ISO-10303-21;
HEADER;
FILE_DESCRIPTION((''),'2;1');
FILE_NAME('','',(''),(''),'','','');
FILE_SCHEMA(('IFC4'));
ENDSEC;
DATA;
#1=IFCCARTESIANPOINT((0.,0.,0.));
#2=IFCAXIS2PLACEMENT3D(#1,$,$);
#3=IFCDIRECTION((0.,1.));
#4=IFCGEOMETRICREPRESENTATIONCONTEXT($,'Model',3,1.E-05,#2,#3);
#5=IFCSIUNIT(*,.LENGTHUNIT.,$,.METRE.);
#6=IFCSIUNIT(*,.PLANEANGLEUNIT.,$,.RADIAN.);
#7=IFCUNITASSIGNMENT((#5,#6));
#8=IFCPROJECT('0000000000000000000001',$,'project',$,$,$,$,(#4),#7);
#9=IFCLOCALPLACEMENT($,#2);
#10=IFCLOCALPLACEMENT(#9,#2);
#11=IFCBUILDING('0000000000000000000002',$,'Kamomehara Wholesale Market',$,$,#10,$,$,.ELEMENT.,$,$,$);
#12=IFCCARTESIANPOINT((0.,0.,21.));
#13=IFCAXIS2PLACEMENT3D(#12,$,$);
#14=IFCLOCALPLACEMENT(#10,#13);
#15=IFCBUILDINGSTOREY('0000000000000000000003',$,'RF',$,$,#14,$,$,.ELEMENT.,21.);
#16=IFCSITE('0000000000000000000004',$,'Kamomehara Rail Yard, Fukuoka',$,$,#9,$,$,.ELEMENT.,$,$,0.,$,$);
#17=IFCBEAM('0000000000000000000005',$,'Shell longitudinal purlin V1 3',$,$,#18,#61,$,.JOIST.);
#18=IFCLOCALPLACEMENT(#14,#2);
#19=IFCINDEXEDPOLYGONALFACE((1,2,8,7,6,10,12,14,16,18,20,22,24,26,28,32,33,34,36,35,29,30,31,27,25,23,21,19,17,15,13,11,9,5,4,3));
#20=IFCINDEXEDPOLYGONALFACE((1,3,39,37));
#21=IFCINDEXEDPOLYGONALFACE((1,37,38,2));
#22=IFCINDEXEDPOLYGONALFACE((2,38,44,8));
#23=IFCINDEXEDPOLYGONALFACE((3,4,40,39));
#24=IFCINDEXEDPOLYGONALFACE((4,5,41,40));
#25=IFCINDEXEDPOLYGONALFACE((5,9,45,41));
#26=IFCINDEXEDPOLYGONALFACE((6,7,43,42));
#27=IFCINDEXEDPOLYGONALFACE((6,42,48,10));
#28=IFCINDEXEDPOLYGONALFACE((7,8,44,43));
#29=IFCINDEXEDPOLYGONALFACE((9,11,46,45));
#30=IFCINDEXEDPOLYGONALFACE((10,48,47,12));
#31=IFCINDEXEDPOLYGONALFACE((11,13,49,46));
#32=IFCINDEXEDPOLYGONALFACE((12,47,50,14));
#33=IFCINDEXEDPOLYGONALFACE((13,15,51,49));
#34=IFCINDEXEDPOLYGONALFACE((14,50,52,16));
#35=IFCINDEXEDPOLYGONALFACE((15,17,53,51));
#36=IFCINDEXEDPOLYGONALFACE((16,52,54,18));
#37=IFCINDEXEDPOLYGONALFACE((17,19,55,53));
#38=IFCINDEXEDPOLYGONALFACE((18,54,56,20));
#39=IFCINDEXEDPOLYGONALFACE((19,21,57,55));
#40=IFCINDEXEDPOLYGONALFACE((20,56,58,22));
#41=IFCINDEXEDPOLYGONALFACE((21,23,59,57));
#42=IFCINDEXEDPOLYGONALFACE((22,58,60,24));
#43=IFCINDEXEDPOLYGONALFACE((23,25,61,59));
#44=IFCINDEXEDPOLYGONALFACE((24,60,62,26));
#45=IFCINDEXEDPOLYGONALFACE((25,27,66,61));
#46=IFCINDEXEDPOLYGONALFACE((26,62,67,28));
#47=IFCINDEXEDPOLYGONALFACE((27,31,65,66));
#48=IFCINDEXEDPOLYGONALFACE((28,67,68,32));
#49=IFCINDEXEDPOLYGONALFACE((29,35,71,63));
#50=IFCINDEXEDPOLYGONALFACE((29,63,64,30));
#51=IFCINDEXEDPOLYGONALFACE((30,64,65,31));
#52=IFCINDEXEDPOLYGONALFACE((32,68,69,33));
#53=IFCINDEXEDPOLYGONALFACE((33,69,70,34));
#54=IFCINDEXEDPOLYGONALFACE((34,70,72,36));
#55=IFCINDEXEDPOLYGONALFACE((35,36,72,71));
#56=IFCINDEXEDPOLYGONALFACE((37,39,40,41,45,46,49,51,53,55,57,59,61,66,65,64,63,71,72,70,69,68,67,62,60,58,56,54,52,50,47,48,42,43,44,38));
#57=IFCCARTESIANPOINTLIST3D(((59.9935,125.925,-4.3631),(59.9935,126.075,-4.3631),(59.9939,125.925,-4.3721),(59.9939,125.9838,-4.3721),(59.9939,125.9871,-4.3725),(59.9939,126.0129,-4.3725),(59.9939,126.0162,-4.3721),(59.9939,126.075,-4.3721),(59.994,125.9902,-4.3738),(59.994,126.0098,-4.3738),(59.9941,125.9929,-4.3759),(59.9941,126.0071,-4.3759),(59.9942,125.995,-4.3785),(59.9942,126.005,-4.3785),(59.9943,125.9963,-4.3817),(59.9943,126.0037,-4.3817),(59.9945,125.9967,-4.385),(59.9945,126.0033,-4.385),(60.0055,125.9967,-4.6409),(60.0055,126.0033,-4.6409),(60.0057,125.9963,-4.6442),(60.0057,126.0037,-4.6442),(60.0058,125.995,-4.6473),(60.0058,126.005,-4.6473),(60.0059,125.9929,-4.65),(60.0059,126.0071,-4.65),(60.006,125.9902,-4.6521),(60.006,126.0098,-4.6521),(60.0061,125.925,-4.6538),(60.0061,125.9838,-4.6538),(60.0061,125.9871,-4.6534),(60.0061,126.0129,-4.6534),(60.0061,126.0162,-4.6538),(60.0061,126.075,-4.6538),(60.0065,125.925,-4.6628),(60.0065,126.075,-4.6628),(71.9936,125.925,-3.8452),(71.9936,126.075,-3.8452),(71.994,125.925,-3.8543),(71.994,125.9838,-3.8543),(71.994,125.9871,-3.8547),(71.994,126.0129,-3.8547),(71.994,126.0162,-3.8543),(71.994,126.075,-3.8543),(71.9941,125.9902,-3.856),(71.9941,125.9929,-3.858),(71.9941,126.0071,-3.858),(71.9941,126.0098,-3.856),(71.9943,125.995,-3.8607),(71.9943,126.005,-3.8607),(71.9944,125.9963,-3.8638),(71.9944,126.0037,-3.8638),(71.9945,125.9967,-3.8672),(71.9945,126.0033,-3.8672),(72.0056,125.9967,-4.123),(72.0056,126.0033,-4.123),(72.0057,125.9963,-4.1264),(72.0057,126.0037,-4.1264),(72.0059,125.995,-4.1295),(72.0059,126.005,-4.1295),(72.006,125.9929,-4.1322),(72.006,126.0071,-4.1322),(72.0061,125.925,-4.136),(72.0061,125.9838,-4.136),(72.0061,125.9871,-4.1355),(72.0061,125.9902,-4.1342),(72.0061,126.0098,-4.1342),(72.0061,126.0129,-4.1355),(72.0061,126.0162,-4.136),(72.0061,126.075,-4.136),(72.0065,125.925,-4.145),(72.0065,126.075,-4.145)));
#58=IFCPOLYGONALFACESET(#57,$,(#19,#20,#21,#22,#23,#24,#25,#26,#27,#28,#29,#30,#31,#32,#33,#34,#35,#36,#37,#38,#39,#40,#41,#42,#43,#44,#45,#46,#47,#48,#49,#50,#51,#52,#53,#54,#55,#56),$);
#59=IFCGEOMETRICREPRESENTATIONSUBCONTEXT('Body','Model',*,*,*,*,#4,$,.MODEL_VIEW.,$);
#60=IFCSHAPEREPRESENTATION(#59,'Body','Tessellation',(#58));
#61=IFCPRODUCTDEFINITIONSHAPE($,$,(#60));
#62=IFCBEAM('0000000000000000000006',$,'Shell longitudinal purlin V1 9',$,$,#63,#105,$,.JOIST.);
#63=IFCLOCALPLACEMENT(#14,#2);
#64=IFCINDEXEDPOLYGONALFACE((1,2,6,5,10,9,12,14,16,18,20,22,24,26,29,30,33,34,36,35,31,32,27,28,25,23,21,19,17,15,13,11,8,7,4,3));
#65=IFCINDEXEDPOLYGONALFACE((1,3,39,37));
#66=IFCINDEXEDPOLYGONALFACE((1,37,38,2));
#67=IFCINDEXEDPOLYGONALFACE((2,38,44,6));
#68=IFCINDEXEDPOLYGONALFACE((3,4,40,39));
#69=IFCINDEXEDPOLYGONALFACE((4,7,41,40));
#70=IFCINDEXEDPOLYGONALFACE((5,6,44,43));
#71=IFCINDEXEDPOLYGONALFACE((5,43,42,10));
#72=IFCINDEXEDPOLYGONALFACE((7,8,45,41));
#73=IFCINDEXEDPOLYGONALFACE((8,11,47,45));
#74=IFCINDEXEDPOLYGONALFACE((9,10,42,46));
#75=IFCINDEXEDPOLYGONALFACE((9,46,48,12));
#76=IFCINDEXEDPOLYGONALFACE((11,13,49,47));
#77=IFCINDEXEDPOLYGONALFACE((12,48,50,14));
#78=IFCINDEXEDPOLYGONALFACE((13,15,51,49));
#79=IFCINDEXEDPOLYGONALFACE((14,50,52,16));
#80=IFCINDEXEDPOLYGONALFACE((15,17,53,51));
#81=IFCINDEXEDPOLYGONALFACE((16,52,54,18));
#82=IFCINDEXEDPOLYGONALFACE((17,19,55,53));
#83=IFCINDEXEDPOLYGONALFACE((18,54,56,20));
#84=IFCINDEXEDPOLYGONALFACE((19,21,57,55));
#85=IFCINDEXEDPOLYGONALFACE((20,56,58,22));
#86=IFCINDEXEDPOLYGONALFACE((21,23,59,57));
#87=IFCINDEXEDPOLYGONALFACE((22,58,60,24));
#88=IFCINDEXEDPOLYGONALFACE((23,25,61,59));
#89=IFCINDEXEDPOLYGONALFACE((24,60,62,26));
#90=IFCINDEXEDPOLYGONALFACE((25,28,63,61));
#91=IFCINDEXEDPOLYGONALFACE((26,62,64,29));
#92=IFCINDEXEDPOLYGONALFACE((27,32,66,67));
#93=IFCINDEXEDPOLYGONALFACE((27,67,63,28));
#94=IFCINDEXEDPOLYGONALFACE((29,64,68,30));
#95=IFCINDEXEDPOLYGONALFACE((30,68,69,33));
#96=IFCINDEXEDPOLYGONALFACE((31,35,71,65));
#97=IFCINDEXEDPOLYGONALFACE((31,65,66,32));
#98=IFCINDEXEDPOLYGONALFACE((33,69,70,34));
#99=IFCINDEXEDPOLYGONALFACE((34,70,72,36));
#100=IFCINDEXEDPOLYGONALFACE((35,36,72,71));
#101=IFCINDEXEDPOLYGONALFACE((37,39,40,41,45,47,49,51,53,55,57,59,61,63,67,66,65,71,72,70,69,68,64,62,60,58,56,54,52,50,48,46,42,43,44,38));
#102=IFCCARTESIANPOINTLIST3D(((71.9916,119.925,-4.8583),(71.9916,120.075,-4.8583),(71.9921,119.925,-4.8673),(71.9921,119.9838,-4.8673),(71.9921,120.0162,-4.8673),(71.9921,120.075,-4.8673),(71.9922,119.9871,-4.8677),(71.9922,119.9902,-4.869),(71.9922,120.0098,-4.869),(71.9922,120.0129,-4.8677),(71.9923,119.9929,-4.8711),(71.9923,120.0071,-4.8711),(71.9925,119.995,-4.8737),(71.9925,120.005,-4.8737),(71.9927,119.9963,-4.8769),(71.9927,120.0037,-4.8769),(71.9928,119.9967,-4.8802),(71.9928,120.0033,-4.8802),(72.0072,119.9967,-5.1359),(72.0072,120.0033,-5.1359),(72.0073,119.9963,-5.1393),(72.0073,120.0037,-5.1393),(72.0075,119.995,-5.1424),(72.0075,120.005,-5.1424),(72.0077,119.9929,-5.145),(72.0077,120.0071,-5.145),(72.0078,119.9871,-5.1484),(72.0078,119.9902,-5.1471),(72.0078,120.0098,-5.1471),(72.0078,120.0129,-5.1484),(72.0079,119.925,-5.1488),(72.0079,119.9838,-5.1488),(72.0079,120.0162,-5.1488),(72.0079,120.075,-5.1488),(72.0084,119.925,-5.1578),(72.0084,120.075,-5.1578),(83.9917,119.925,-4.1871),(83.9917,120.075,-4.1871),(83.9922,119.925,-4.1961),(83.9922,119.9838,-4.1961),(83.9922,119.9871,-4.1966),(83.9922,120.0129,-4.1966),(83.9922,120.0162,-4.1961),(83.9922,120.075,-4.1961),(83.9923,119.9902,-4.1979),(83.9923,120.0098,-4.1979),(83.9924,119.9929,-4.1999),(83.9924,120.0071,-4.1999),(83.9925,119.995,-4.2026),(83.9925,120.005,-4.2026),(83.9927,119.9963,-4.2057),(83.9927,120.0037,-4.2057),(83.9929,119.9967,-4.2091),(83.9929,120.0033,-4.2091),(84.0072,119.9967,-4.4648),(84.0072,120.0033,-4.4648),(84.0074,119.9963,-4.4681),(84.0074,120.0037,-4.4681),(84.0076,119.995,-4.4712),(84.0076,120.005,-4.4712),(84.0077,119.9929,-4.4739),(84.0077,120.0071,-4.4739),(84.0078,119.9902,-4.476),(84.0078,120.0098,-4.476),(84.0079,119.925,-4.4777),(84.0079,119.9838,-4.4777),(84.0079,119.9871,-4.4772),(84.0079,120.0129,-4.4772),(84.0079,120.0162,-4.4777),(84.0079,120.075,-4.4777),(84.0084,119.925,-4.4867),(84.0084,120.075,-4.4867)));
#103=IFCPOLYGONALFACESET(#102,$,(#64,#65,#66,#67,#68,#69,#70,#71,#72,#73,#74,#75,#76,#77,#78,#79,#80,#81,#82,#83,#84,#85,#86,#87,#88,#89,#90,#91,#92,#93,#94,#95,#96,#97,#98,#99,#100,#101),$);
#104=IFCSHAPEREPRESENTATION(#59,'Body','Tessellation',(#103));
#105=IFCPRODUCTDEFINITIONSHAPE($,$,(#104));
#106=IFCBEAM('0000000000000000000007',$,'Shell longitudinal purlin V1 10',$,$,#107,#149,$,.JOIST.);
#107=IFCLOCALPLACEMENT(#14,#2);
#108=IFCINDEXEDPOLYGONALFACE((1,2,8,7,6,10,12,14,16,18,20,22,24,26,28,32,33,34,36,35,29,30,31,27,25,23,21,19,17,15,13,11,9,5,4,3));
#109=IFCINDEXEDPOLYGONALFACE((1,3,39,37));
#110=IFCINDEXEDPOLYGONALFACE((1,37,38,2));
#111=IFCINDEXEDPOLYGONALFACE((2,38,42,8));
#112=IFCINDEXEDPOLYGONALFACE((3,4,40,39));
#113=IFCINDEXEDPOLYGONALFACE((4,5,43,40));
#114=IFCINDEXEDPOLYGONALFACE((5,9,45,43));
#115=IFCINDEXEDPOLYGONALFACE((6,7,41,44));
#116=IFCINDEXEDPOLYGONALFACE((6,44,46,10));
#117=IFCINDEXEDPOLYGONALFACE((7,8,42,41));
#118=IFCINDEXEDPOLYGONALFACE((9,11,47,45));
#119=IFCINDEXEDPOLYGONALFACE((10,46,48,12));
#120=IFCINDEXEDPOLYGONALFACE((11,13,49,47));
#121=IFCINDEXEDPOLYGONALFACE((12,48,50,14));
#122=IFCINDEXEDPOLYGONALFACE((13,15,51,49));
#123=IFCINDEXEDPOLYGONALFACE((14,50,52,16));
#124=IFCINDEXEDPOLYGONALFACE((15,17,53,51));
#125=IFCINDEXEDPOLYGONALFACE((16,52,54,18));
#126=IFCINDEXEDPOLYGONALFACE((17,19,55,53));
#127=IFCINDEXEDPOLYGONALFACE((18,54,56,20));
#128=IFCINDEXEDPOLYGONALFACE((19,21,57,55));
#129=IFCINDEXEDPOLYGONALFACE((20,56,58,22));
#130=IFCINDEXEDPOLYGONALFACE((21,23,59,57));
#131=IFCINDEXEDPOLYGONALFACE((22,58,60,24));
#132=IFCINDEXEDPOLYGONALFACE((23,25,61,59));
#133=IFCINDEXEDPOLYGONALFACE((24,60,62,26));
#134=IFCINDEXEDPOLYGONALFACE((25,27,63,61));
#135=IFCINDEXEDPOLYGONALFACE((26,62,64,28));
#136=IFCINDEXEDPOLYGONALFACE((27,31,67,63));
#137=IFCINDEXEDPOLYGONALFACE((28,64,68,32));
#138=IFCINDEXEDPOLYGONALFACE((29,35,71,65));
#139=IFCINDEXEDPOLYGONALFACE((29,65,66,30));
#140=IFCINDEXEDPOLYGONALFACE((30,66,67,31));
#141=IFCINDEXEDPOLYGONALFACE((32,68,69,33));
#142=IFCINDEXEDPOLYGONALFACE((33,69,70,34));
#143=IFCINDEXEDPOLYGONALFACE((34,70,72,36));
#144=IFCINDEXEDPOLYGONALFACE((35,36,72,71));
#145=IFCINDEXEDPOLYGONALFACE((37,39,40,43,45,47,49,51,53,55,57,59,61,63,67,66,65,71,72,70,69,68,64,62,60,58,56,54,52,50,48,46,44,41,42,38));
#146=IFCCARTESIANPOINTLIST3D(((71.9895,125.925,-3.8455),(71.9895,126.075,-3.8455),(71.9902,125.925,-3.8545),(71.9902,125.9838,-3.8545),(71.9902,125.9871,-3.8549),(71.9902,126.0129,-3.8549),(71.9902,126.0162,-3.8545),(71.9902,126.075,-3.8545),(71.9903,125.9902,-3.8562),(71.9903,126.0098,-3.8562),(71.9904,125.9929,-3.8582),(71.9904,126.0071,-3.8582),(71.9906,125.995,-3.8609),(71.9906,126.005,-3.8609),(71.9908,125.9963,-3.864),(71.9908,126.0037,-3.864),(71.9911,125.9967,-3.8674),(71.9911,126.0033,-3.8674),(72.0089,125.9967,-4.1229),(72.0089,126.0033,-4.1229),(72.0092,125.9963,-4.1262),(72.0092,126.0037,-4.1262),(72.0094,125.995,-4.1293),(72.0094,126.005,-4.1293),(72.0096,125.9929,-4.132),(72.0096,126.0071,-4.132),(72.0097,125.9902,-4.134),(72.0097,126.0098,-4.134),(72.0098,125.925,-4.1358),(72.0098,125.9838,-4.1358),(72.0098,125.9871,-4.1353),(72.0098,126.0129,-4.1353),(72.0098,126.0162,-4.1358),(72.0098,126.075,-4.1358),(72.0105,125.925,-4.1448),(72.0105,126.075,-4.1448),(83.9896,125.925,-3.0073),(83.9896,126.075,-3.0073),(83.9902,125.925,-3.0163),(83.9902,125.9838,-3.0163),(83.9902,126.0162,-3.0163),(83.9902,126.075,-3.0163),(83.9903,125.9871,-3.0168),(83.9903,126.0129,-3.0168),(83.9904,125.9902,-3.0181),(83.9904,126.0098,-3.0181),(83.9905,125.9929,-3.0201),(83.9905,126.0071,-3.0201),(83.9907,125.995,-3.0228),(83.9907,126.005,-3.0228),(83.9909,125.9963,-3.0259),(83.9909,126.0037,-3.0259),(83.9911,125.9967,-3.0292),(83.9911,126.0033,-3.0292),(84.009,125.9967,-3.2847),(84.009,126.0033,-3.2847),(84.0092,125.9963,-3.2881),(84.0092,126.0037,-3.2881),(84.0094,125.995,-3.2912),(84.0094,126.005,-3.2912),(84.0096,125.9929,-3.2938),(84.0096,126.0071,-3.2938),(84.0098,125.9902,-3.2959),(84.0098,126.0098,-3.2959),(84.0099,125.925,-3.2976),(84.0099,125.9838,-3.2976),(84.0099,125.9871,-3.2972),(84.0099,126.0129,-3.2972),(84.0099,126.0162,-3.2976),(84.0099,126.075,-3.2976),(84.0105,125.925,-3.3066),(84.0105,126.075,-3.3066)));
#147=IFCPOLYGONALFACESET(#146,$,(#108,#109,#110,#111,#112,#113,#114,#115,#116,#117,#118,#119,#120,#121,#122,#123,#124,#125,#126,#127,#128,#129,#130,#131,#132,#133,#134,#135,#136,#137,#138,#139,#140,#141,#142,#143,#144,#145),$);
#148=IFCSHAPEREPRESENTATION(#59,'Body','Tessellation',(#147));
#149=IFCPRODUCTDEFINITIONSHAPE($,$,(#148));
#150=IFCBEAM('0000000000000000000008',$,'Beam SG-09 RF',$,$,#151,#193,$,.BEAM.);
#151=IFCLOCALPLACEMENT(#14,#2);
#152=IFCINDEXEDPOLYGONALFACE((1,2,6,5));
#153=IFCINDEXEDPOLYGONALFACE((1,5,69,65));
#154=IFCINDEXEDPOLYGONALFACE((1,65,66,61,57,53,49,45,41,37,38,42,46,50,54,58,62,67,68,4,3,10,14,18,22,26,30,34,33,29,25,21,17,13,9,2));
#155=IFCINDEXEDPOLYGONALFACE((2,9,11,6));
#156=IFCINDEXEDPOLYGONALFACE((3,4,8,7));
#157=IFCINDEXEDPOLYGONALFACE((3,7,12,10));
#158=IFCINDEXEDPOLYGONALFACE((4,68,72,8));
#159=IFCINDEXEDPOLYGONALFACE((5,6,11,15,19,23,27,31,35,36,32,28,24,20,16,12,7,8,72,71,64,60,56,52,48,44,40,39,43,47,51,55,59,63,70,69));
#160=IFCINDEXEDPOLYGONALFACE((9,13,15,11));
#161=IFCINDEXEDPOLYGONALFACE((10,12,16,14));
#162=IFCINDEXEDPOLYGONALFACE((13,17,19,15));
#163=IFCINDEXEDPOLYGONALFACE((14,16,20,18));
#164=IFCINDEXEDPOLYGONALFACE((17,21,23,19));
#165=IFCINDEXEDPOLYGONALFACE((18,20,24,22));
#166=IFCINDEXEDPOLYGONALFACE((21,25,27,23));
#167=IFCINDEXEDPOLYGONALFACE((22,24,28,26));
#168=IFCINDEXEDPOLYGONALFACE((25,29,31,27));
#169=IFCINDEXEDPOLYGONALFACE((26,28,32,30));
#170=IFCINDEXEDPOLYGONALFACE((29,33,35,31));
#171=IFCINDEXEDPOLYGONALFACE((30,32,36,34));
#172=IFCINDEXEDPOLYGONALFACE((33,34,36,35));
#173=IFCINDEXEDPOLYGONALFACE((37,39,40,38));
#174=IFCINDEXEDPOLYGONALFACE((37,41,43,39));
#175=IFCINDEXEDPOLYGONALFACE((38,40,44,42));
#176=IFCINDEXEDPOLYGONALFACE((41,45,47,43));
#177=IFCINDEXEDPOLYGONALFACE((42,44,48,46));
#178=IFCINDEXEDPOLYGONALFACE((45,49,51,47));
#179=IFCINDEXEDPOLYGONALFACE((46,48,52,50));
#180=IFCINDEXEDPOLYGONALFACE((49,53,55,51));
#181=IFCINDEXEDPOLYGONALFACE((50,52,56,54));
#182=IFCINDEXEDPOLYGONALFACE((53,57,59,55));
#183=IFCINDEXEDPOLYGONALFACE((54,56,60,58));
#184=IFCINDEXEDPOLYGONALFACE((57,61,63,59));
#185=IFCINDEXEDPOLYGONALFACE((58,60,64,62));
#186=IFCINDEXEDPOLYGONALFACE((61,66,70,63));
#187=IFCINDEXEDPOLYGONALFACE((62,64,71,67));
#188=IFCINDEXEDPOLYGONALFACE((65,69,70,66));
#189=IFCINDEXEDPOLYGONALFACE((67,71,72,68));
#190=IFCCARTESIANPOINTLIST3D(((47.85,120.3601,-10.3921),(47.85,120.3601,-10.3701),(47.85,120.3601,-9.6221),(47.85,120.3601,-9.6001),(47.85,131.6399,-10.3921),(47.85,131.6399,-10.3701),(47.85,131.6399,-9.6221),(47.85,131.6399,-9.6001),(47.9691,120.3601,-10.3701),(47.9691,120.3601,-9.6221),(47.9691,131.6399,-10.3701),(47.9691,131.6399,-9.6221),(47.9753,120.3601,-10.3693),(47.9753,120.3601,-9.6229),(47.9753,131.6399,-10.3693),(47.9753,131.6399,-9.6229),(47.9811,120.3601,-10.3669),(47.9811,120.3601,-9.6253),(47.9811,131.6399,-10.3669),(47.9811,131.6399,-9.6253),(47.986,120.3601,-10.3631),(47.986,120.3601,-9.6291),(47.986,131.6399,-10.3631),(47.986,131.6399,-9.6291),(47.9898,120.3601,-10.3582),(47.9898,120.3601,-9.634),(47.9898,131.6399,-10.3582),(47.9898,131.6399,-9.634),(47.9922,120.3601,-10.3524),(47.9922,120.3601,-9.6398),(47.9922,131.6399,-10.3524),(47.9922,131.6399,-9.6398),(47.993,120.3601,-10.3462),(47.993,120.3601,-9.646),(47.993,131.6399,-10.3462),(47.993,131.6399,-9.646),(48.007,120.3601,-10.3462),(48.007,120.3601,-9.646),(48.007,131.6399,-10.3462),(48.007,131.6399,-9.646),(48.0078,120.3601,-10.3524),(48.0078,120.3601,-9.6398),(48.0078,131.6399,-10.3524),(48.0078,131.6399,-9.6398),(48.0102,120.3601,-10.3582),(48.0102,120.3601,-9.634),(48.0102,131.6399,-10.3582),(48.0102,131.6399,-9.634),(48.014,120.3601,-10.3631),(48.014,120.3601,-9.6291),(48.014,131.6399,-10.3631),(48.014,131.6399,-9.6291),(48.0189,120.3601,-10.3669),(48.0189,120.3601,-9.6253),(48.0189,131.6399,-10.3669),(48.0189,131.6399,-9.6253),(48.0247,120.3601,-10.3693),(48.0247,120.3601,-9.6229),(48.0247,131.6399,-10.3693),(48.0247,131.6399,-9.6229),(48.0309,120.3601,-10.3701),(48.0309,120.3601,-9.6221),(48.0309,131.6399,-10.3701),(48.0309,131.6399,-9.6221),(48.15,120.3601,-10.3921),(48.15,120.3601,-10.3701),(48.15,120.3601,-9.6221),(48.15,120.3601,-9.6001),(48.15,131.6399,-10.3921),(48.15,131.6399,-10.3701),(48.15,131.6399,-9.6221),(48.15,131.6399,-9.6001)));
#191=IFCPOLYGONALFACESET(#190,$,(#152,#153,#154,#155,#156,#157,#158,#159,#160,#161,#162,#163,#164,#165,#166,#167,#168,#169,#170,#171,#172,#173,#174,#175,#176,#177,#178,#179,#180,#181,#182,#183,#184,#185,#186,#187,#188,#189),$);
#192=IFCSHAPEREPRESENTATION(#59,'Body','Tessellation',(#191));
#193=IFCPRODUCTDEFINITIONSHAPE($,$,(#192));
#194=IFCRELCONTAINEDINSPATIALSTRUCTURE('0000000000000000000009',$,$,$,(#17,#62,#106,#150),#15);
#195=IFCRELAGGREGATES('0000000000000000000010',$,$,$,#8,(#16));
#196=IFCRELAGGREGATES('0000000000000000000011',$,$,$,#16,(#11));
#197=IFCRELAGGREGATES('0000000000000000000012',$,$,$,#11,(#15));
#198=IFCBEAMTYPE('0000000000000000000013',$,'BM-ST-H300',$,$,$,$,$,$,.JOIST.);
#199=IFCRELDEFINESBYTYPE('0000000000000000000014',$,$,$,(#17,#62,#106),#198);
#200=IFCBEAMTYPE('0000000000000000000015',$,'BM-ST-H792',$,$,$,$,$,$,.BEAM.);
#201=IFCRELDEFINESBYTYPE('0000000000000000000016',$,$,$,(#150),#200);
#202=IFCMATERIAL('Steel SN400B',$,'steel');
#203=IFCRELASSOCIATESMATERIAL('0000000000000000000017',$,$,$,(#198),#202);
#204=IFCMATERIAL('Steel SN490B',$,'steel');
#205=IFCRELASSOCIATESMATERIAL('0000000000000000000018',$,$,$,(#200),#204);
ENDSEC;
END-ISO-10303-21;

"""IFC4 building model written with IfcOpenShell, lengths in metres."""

from ifc_helpers import new_model, si_unit, direction, frame, origin, origin_2d, place, context, subcontext, project, spatial, i_section, extrude, material, material_profile, profile_set, type_object, element, save


model = new_model("IFC4")

# Units and contexts
model_context = context("Model", 3, precision=1e-05, world=origin(), true_north=direction((0.0, 1.0)))
body_context = subcontext(model_context, "Body", "Model", "MODEL_VIEW")
ifc_project = project(units=[si_unit("LENGTHUNIT", "METRE"), si_unit("PLANEANGLEUNIT", "RADIAN")], contexts=[model_context])

# Site, building, storey
site_placement = place(None, origin())
site = spatial("IfcSite", under=ifc_project, at=site_placement, Name="Kamomehara Rail Yard, Fukuoka", CompositionType="ELEMENT", RefElevation=0.0)
building_placement = place(site_placement, origin())
building = spatial("IfcBuilding", under=site, at=building_placement, Name="Kamomehara Wholesale Market", CompositionType="ELEMENT")
storey_placement = place(building_placement, frame((0.0, 0.0, 21.0)))
storey = spatial("IfcBuildingStorey", under=building, at=storey_placement, Name="RF", CompositionType="ELEMENT", Elevation=21.0)

# Beams
ifc_material_1 = material(Name="Steel SN400B", Category="steel")
ifc_material_profile_1 = material_profile(ifc_material_1, i_section(OverallWidth=0.1499, OverallDepth=0.3, WebThickness=0.0066, FlangeThickness=0.009, FilletRadius=0.0129, at=origin_2d()), Name="H-300x150x6.5x9")
ifc_profile_set_1 = profile_set([ifc_material_profile_1], Name="Steel SN400B")
beam_type_1 = type_object("IfcBeamType", Name="BM-ST-H300", PredefinedType="JOIST", material=ifc_profile_set_1)
beam_1_placement = place(storey_placement, frame((60.0, 126.0, -4.5129), z_axis=(0.99907, 0.0, 0.043112), x_axis=(0.0, 1.0, 0.0)))
element("IfcBeam", 1, at=beam_1_placement, inside=storey, type_object=beam_type_1, Name="Shell longitudinal purlin V1 3", PredefinedType="JOIST", context=body_context, shape_type="SweptSolid", body=[
    extrude(i_section(OverallWidth=0.1499, OverallDepth=0.3, WebThickness=0.0066, FlangeThickness=0.009, FilletRadius=0.0129, at=origin_2d()), origin(), (0.0, 0.0, 1.0), 12.0112),
])
beam_2_placement = place(storey_placement, frame((72.0, 120.0, -5.0081), z_axis=(0.99844, 0.0, 0.055841), x_axis=(0.0, 1.0, 0.0)))
element("IfcBeam", 2, at=beam_2_placement, inside=storey, type_object=beam_type_1, Name="Shell longitudinal purlin V1 9", PredefinedType="JOIST", context=body_context, shape_type="SweptSolid", body=[
    extrude(i_section(OverallWidth=0.1499, OverallDepth=0.3, WebThickness=0.0066, FlangeThickness=0.009, FilletRadius=0.0129, at=origin_2d()), origin(), (0.0, 0.0, 1.0), 12.0188),
])
beam_3_placement = place(storey_placement, frame((72.0, 126.0, -3.9951), z_axis=(0.99757, 0.0, 0.069675), x_axis=(0.0, 1.0, 0.0)))
element("IfcBeam", 3, at=beam_3_placement, inside=storey, type_object=beam_type_1, Name="Shell longitudinal purlin V1 10", PredefinedType="JOIST", context=body_context, shape_type="SweptSolid", body=[
    extrude(i_section(OverallWidth=0.1499, OverallDepth=0.3, WebThickness=0.0066, FlangeThickness=0.009, FilletRadius=0.0129, at=origin_2d()), origin(), (0.0, 0.0, 1.0), 12.0293),
])
ifc_material_2 = material(Name="Steel SN490B", Category="steel")
ifc_material_profile_2 = material_profile(ifc_material_2, i_section(OverallWidth=0.3, OverallDepth=0.792, WebThickness=0.0139, FlangeThickness=0.022, FilletRadius=0.0239, at=origin_2d()), Name="H-792x300x14x22")
ifc_profile_set_2 = profile_set([ifc_material_profile_2], Name="Steel SN490B")
beam_type_2 = type_object("IfcBeamType", Name="BM-ST-H792", PredefinedType="BEAM", material=ifc_profile_set_2)
beam_4_placement = place(storey_placement, frame((48.0, 120.3601, -9.9961), z_axis=(0.0, 1.0, 0.0), x_axis=(-1.0, 0.0, 0.0)))
element("IfcBeam", 4, at=beam_4_placement, inside=storey, type_object=beam_type_2, Name="Beam SG-09 RF", PredefinedType="BEAM", context=body_context, shape_type="SweptSolid", body=[
    extrude(i_section(OverallWidth=0.3, OverallDepth=0.792, WebThickness=0.0139, FlangeThickness=0.022, FilletRadius=0.0239, at=origin_2d()), origin(), (0.0, 0.0, 1.0), 11.2798),
])

save(model, "model.ifc")
